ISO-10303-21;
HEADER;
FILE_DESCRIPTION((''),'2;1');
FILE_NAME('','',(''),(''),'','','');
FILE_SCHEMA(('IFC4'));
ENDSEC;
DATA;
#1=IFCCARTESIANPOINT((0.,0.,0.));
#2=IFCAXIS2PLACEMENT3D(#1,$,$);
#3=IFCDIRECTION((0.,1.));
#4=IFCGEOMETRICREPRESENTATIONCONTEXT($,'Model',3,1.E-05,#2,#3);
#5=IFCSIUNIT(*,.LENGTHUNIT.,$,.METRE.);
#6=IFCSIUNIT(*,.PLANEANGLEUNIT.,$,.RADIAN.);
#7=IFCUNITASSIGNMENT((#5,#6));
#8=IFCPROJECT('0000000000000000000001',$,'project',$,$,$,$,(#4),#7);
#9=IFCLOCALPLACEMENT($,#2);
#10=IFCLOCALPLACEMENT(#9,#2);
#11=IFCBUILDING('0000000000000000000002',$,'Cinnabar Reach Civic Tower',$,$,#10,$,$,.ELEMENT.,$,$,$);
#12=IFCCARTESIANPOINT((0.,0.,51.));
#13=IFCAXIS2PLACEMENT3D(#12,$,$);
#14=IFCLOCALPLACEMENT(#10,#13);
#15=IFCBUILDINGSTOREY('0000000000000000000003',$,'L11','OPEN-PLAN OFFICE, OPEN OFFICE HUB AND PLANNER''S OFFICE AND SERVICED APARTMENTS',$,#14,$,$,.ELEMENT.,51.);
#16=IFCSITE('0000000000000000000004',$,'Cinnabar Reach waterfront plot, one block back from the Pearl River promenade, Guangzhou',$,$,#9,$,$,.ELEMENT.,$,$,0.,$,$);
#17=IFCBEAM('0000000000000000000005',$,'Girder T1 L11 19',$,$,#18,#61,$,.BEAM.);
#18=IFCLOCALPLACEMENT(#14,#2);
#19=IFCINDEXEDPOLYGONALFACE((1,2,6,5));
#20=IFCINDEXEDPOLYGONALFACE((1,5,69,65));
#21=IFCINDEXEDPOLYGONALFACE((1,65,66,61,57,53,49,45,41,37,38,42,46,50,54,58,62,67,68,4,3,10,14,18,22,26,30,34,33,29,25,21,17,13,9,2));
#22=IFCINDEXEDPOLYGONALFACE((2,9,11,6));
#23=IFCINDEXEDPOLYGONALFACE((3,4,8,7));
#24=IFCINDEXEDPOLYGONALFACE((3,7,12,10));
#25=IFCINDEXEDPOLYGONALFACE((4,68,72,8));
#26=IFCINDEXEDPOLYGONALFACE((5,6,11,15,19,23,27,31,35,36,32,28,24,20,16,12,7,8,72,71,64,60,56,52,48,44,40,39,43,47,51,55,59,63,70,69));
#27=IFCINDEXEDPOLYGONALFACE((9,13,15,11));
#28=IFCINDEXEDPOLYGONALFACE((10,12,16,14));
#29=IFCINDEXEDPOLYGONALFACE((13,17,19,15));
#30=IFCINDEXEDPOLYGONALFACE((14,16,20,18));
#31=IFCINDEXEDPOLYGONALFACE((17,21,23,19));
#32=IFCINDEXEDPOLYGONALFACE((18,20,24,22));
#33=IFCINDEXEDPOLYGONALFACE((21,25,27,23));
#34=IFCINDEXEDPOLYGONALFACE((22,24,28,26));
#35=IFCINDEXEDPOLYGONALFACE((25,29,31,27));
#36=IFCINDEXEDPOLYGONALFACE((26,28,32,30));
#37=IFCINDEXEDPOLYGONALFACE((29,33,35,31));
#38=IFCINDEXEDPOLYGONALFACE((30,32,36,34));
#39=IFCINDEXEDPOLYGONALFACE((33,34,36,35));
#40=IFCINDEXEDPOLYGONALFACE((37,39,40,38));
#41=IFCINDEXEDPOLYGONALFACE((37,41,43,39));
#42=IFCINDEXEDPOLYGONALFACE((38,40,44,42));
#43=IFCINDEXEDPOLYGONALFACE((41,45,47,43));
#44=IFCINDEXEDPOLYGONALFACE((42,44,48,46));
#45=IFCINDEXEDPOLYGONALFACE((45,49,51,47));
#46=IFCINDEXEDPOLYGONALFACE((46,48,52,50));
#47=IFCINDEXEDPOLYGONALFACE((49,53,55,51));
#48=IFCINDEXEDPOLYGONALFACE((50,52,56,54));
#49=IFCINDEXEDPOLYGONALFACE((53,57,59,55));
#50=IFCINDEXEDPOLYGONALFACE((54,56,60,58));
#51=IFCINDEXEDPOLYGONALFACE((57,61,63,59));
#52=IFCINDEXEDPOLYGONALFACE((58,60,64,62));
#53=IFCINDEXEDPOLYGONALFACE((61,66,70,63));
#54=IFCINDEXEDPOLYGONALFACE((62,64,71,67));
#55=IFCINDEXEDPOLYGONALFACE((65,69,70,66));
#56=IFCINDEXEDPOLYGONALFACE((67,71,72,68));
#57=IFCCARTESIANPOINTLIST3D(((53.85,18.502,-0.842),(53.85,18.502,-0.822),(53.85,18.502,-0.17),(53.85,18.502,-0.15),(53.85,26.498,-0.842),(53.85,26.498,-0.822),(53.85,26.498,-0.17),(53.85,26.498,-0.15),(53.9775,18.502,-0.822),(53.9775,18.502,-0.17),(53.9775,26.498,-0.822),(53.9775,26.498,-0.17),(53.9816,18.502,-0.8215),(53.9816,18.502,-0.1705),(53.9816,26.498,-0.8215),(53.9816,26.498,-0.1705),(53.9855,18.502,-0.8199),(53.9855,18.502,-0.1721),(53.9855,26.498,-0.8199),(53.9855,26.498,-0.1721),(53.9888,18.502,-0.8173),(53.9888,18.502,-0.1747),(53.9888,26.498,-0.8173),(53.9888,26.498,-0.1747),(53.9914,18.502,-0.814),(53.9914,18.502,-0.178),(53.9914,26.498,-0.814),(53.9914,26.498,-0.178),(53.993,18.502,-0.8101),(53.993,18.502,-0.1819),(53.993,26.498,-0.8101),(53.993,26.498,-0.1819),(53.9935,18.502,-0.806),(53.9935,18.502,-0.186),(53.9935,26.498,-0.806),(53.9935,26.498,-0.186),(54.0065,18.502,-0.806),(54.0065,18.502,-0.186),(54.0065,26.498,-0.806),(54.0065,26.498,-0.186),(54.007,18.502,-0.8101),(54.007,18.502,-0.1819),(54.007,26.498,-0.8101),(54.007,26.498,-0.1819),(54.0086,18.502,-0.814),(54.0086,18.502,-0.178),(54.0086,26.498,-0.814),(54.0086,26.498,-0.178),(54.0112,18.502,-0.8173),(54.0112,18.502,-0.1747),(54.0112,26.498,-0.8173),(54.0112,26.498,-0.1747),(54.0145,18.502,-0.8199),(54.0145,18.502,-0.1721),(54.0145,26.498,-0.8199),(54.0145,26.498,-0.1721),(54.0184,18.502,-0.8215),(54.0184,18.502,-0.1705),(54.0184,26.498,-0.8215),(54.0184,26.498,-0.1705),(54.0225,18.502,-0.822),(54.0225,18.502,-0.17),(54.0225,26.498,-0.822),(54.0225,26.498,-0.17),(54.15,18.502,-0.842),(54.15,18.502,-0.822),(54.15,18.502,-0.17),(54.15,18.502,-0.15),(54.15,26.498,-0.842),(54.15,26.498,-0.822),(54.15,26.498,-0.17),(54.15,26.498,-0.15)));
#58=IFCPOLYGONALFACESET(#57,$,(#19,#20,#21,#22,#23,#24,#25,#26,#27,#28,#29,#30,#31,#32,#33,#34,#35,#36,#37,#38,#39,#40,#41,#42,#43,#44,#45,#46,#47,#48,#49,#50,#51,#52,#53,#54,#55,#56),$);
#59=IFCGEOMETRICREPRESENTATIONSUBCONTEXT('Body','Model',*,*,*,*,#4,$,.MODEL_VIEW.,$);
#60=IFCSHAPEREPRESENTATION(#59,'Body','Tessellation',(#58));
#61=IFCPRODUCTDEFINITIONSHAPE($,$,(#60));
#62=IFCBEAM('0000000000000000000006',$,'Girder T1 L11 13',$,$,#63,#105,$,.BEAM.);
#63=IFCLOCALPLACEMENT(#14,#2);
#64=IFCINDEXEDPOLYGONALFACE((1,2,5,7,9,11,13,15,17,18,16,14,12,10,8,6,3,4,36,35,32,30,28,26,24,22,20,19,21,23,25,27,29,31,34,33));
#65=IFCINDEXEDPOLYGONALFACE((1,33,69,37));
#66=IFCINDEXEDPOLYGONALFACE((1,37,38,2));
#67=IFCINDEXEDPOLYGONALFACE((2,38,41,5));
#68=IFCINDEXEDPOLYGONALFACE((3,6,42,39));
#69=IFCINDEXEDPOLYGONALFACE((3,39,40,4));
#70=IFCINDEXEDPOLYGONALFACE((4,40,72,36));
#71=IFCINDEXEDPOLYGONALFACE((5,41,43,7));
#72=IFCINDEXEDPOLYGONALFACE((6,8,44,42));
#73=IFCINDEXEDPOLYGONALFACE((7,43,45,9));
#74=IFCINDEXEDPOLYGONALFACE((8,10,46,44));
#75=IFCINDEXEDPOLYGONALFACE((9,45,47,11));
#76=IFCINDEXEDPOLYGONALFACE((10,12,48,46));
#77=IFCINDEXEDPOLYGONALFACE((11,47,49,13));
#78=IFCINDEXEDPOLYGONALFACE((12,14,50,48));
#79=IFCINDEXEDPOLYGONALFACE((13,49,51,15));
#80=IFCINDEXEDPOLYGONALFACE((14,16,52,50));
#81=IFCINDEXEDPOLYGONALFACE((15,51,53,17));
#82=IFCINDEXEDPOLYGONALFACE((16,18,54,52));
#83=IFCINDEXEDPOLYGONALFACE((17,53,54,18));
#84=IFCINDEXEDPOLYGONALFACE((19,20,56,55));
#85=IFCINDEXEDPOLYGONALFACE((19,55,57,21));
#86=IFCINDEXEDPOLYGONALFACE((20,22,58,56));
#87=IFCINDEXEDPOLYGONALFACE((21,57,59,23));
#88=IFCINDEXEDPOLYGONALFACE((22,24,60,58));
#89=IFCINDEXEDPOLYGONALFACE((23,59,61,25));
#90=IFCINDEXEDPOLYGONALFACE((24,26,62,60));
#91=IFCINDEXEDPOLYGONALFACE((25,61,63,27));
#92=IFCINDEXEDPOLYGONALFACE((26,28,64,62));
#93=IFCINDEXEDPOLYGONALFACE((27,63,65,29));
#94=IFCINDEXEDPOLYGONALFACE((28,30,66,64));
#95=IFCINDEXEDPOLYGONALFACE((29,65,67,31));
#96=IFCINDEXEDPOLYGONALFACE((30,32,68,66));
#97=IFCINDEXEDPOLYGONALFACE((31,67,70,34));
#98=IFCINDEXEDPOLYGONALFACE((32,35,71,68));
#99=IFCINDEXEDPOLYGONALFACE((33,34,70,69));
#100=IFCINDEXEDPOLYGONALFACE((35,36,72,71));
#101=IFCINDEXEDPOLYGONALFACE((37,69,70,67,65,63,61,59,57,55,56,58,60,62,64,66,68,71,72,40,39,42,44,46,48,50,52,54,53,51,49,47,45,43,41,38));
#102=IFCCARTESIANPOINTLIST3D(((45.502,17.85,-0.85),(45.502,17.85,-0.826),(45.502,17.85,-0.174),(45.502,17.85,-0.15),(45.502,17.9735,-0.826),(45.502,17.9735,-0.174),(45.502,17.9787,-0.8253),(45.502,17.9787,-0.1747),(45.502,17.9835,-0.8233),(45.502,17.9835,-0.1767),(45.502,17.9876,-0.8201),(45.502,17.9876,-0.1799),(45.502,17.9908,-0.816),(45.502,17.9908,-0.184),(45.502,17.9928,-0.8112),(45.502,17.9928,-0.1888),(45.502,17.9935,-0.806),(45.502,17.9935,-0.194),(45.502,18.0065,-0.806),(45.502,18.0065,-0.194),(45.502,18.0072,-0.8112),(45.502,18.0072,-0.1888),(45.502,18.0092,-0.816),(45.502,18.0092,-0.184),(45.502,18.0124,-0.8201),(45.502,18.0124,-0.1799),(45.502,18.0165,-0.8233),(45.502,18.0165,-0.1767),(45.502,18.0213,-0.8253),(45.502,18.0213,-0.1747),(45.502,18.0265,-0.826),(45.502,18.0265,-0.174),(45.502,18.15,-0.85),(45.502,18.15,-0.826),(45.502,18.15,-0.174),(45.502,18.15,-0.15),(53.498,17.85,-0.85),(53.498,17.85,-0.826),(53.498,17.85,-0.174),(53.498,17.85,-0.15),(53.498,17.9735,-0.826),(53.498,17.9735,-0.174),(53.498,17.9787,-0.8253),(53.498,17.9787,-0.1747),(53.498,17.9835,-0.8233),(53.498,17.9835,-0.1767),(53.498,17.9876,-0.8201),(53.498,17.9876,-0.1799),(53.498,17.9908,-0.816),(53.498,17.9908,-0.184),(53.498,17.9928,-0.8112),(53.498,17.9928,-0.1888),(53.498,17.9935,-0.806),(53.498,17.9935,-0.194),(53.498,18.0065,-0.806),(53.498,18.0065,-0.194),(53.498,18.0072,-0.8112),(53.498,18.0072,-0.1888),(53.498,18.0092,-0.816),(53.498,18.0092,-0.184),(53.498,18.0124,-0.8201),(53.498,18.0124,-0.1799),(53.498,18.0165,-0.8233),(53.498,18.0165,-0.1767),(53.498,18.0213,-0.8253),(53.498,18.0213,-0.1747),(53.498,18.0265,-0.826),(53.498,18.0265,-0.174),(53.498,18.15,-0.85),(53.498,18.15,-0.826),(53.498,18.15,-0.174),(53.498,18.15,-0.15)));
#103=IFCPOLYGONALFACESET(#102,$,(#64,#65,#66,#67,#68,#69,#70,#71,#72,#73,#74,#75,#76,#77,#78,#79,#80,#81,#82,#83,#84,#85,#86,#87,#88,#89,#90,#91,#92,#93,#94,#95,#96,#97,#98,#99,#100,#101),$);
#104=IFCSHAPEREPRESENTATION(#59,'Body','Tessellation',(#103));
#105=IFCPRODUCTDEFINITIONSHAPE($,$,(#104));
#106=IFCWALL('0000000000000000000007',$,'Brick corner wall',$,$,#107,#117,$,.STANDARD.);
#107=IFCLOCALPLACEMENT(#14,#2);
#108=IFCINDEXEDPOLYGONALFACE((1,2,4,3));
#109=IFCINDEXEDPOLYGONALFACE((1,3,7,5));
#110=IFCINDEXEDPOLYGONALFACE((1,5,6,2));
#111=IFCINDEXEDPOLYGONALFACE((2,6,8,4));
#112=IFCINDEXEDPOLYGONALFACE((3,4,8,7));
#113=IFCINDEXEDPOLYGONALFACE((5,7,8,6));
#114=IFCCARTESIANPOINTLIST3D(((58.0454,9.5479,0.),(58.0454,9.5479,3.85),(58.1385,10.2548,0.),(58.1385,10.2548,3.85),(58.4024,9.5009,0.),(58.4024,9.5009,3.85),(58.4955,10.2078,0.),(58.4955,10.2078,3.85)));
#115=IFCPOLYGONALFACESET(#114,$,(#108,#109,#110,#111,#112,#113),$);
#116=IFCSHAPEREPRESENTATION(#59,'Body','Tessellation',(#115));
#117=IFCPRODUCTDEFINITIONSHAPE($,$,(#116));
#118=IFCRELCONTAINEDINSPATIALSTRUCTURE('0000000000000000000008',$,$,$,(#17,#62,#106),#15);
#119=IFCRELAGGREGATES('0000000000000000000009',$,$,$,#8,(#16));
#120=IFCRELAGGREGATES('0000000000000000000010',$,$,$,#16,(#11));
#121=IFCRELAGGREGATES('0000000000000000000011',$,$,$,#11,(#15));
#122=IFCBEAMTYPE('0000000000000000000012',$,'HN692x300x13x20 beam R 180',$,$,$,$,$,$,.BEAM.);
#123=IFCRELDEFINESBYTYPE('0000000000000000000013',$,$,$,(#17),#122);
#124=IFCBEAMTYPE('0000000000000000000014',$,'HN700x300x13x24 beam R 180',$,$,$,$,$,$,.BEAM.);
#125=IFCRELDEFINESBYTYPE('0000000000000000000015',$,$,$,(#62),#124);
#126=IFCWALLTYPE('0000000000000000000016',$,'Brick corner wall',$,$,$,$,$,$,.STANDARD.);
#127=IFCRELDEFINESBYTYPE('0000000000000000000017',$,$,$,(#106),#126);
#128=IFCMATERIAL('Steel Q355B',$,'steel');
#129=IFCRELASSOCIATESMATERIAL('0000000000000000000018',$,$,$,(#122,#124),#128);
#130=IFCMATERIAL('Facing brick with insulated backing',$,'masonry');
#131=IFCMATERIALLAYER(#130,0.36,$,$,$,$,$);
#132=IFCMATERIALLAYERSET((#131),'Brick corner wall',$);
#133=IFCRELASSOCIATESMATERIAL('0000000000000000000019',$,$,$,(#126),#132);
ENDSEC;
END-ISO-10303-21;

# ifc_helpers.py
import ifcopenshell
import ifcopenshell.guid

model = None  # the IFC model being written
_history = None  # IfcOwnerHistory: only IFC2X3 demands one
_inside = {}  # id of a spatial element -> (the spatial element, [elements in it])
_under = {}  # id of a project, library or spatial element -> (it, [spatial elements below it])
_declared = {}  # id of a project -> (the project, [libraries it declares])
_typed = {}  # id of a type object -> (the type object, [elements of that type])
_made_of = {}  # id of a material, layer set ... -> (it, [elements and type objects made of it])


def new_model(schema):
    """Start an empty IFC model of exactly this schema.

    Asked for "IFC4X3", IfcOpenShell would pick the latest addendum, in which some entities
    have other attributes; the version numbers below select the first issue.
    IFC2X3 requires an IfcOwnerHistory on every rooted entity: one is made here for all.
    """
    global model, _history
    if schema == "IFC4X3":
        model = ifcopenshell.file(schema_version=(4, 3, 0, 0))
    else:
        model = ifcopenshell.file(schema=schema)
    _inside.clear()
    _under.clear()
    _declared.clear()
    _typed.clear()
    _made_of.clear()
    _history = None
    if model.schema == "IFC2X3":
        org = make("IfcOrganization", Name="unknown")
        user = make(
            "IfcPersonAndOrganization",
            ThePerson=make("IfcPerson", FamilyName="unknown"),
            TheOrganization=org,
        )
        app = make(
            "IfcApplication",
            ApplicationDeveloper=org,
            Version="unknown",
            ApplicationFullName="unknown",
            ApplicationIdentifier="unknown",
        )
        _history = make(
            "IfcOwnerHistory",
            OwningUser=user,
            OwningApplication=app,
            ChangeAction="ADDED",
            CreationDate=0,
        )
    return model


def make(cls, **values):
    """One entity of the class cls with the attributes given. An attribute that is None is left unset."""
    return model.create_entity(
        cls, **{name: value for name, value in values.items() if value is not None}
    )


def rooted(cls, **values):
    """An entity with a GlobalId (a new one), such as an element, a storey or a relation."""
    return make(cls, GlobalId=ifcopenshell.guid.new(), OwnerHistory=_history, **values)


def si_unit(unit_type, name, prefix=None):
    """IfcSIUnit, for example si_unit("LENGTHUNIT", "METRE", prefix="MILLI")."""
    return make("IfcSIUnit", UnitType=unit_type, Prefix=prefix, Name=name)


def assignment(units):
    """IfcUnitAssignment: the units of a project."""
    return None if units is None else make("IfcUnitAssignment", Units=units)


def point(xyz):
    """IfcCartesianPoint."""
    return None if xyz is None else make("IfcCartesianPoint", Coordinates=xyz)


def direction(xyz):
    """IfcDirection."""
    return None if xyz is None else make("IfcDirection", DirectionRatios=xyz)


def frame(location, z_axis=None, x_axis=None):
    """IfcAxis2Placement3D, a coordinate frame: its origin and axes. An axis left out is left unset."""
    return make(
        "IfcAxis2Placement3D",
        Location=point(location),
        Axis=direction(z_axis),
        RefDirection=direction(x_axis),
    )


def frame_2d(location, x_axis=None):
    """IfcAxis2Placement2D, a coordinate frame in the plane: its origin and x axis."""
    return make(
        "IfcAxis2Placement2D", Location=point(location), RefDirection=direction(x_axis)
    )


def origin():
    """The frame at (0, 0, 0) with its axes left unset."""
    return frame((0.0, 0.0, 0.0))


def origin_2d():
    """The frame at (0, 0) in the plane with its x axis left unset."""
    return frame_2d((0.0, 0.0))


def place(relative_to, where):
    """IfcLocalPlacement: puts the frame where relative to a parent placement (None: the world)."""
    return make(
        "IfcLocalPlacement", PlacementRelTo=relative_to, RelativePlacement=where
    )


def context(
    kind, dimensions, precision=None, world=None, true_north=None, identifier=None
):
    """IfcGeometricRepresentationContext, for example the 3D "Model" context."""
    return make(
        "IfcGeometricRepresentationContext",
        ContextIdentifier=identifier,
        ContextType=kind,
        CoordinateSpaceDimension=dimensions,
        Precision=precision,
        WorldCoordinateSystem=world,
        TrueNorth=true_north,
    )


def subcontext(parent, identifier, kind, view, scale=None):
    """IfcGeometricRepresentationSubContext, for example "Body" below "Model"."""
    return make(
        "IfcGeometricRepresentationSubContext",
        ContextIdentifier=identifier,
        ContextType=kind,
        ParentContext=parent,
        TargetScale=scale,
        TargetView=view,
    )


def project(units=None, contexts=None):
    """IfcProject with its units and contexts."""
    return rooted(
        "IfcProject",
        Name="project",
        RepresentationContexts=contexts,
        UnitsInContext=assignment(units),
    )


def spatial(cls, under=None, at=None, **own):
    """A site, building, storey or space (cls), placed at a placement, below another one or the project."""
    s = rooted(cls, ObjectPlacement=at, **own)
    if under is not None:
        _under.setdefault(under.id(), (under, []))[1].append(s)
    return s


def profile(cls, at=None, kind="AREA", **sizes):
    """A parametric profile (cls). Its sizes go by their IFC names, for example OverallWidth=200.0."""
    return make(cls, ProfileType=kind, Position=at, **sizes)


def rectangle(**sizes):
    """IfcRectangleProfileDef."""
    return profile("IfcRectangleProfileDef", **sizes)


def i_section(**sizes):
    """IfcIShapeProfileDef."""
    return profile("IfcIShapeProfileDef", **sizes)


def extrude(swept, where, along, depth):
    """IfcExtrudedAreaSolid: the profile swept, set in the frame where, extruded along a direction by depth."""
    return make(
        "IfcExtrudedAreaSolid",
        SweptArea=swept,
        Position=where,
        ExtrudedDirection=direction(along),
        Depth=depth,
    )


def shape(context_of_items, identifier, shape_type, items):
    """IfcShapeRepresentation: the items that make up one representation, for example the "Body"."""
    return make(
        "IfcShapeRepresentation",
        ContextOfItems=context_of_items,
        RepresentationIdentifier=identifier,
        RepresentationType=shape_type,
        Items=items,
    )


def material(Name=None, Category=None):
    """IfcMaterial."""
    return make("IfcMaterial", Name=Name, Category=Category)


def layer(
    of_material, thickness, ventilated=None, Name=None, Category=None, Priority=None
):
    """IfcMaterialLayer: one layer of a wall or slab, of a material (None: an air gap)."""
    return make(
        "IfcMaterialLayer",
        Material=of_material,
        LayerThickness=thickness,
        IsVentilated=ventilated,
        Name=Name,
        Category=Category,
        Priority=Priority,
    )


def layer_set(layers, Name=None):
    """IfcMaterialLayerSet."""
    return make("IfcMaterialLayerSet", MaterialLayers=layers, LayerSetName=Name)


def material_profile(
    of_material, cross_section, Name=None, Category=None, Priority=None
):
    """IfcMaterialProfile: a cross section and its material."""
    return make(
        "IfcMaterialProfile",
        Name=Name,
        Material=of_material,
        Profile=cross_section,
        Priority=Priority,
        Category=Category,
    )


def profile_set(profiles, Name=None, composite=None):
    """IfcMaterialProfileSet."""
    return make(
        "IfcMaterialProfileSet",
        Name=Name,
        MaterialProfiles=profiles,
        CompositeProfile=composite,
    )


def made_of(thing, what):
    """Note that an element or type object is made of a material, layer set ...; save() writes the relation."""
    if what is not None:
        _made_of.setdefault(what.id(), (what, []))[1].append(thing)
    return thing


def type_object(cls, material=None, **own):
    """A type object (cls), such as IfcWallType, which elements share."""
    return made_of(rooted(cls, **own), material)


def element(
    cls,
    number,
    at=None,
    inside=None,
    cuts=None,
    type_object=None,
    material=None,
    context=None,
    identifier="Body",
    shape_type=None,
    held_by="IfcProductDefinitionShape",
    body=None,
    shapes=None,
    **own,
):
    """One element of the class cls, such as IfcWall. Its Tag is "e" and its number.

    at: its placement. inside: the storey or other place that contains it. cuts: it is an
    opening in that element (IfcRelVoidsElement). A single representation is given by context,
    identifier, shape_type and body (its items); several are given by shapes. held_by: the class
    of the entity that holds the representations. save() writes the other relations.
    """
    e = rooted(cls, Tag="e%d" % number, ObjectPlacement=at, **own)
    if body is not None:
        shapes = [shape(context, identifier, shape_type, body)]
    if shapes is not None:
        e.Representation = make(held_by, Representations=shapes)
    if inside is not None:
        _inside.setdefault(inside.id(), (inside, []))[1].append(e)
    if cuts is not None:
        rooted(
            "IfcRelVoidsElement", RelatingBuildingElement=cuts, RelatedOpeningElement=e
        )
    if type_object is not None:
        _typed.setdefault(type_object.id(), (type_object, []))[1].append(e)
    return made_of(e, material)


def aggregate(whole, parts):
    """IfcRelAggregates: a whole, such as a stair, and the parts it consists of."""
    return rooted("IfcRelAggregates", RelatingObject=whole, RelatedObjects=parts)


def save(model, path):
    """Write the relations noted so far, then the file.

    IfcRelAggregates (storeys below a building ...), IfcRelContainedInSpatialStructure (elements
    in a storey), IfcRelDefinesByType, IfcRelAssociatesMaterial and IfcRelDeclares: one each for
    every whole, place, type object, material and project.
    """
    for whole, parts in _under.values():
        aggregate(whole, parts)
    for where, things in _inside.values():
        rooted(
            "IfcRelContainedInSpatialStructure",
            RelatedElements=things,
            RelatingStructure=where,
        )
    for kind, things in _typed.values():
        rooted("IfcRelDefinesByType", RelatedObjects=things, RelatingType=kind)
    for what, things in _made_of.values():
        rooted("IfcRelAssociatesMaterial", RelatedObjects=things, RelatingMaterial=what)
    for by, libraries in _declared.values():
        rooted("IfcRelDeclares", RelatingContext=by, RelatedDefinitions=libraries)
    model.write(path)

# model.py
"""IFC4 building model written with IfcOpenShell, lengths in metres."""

from ifc_helpers import new_model, si_unit, direction, frame, frame_2d, origin, origin_2d, place, context, subcontext, project, spatial, rectangle, i_section, extrude, material, layer, layer_set, material_profile, profile_set, type_object, element, save


model = new_model("IFC4")

# Units and contexts
model_context = context("Model", 3, precision=1e-05, world=origin(), true_north=direction((0.0, 1.0)))
body_context = subcontext(model_context, "Body", "Model", "MODEL_VIEW")
ifc_project = project(units=[si_unit("LENGTHUNIT", "METRE"), si_unit("PLANEANGLEUNIT", "RADIAN")], contexts=[model_context])

# Site, building, storey
site_placement = place(None, origin())
site = spatial("IfcSite", under=ifc_project, at=site_placement, Name="Cinnabar Reach waterfront plot, one block back from the Pearl River promenade, Guangzhou", CompositionType="ELEMENT", RefElevation=0.0)
building_placement = place(site_placement, origin())
building = spatial("IfcBuilding", under=site, at=building_placement, Name="Cinnabar Reach Civic Tower", CompositionType="ELEMENT")
storey_placement = place(building_placement, frame((0.0, 0.0, 51.0)))
storey = spatial("IfcBuildingStorey", under=building, at=storey_placement, Name="L11", Description="OPEN-PLAN OFFICE, OPEN OFFICE HUB AND PLANNER'S OFFICE AND SERVICED APARTMENTS", CompositionType="ELEMENT", Elevation=51.0)

# Beams
ifc_material_1 = material(Name="Steel Q355B", Category="steel")
ifc_material_profile_1 = material_profile(ifc_material_1, i_section(OverallWidth=0.3, OverallDepth=0.692, WebThickness=0.013, FlangeThickness=0.02, FilletRadius=0.016, at=origin_2d()), Name="HN692x300x13x20")
ifc_profile_set_1 = profile_set([ifc_material_profile_1], Name="Steel Q355B")
beam_type_1 = type_object("IfcBeamType", Name="HN692x300x13x20 beam R 180", PredefinedType="BEAM", material=ifc_profile_set_1)
for number, where, z_axis, x_axis, name in (
    (1, (54.0, 18.502, -0.496), (0.0, 1.0, 0.0), (-1.0, 0.0, 0.0), "Girder T1 L11 19"),
):
    element("IfcBeam", number, at=place(storey_placement, frame(where, z_axis=z_axis, x_axis=x_axis)), inside=storey, type_object=beam_type_1, Name=name, PredefinedType="BEAM", context=body_context, shape_type="SweptSolid", body=[
        extrude(i_section(OverallWidth=0.3, OverallDepth=0.692, WebThickness=0.013, FlangeThickness=0.02, FilletRadius=0.016, at=origin_2d()), origin(), (0.0, 0.0, 1.0), 7.996),
    ])
ifc_material_profile_2 = material_profile(ifc_material_1, i_section(OverallWidth=0.3, OverallDepth=0.7, WebThickness=0.013, FlangeThickness=0.024, FilletRadius=0.02, at=origin_2d()), Name="HN700x300x13x24")
ifc_profile_set_2 = profile_set([ifc_material_profile_2], Name="Steel Q355B")
beam_type_2 = type_object("IfcBeamType", Name="HN700x300x13x24 beam R 180", PredefinedType="BEAM", material=ifc_profile_set_2)
beam_1_placement = place(storey_placement, frame((45.502, 18.0, -0.5), z_axis=(1.0, 0.0, 0.0), x_axis=(0.0, 1.0, 0.0)))
element("IfcBeam", 2, at=beam_1_placement, inside=storey, type_object=beam_type_2, Name="Girder T1 L11 13", PredefinedType="BEAM", context=body_context, shape_type="SweptSolid", body=[
    extrude(i_section(OverallWidth=0.3, OverallDepth=0.7, WebThickness=0.013, FlangeThickness=0.024, FilletRadius=0.02, at=origin_2d()), origin(), (0.0, 0.0, 1.0), 7.996),
])

# Wall
ifc_material_2 = material(Name="Facing brick with insulated backing", Category="masonry")
ifc_layer_1 = layer(ifc_material_2, 0.36)
ifc_layer_set_1 = layer_set([ifc_layer_1], Name="Brick corner wall")
wall_type_1 = type_object("IfcWallType", Name="Brick corner wall", PredefinedType="STANDARD", material=ifc_layer_set_1)
wall_1_placement = place(storey_placement, frame((58.2239, 9.5244, 0.0), z_axis=(0.0, 0.0, 1.0), x_axis=(0.130556, 0.991441, 0.0)))
element("IfcWall", 3, at=wall_1_placement, inside=storey, type_object=wall_type_1, Name="Brick corner wall", PredefinedType="STANDARD", context=body_context, shape_type="SweptSolid", body=[
    extrude(rectangle(XDim=0.7131, YDim=0.36, at=frame_2d((0.3565, 0.0))), origin(), (0.0, 0.0, 1.0), 3.85),
])

save(model, "model.ifc")
